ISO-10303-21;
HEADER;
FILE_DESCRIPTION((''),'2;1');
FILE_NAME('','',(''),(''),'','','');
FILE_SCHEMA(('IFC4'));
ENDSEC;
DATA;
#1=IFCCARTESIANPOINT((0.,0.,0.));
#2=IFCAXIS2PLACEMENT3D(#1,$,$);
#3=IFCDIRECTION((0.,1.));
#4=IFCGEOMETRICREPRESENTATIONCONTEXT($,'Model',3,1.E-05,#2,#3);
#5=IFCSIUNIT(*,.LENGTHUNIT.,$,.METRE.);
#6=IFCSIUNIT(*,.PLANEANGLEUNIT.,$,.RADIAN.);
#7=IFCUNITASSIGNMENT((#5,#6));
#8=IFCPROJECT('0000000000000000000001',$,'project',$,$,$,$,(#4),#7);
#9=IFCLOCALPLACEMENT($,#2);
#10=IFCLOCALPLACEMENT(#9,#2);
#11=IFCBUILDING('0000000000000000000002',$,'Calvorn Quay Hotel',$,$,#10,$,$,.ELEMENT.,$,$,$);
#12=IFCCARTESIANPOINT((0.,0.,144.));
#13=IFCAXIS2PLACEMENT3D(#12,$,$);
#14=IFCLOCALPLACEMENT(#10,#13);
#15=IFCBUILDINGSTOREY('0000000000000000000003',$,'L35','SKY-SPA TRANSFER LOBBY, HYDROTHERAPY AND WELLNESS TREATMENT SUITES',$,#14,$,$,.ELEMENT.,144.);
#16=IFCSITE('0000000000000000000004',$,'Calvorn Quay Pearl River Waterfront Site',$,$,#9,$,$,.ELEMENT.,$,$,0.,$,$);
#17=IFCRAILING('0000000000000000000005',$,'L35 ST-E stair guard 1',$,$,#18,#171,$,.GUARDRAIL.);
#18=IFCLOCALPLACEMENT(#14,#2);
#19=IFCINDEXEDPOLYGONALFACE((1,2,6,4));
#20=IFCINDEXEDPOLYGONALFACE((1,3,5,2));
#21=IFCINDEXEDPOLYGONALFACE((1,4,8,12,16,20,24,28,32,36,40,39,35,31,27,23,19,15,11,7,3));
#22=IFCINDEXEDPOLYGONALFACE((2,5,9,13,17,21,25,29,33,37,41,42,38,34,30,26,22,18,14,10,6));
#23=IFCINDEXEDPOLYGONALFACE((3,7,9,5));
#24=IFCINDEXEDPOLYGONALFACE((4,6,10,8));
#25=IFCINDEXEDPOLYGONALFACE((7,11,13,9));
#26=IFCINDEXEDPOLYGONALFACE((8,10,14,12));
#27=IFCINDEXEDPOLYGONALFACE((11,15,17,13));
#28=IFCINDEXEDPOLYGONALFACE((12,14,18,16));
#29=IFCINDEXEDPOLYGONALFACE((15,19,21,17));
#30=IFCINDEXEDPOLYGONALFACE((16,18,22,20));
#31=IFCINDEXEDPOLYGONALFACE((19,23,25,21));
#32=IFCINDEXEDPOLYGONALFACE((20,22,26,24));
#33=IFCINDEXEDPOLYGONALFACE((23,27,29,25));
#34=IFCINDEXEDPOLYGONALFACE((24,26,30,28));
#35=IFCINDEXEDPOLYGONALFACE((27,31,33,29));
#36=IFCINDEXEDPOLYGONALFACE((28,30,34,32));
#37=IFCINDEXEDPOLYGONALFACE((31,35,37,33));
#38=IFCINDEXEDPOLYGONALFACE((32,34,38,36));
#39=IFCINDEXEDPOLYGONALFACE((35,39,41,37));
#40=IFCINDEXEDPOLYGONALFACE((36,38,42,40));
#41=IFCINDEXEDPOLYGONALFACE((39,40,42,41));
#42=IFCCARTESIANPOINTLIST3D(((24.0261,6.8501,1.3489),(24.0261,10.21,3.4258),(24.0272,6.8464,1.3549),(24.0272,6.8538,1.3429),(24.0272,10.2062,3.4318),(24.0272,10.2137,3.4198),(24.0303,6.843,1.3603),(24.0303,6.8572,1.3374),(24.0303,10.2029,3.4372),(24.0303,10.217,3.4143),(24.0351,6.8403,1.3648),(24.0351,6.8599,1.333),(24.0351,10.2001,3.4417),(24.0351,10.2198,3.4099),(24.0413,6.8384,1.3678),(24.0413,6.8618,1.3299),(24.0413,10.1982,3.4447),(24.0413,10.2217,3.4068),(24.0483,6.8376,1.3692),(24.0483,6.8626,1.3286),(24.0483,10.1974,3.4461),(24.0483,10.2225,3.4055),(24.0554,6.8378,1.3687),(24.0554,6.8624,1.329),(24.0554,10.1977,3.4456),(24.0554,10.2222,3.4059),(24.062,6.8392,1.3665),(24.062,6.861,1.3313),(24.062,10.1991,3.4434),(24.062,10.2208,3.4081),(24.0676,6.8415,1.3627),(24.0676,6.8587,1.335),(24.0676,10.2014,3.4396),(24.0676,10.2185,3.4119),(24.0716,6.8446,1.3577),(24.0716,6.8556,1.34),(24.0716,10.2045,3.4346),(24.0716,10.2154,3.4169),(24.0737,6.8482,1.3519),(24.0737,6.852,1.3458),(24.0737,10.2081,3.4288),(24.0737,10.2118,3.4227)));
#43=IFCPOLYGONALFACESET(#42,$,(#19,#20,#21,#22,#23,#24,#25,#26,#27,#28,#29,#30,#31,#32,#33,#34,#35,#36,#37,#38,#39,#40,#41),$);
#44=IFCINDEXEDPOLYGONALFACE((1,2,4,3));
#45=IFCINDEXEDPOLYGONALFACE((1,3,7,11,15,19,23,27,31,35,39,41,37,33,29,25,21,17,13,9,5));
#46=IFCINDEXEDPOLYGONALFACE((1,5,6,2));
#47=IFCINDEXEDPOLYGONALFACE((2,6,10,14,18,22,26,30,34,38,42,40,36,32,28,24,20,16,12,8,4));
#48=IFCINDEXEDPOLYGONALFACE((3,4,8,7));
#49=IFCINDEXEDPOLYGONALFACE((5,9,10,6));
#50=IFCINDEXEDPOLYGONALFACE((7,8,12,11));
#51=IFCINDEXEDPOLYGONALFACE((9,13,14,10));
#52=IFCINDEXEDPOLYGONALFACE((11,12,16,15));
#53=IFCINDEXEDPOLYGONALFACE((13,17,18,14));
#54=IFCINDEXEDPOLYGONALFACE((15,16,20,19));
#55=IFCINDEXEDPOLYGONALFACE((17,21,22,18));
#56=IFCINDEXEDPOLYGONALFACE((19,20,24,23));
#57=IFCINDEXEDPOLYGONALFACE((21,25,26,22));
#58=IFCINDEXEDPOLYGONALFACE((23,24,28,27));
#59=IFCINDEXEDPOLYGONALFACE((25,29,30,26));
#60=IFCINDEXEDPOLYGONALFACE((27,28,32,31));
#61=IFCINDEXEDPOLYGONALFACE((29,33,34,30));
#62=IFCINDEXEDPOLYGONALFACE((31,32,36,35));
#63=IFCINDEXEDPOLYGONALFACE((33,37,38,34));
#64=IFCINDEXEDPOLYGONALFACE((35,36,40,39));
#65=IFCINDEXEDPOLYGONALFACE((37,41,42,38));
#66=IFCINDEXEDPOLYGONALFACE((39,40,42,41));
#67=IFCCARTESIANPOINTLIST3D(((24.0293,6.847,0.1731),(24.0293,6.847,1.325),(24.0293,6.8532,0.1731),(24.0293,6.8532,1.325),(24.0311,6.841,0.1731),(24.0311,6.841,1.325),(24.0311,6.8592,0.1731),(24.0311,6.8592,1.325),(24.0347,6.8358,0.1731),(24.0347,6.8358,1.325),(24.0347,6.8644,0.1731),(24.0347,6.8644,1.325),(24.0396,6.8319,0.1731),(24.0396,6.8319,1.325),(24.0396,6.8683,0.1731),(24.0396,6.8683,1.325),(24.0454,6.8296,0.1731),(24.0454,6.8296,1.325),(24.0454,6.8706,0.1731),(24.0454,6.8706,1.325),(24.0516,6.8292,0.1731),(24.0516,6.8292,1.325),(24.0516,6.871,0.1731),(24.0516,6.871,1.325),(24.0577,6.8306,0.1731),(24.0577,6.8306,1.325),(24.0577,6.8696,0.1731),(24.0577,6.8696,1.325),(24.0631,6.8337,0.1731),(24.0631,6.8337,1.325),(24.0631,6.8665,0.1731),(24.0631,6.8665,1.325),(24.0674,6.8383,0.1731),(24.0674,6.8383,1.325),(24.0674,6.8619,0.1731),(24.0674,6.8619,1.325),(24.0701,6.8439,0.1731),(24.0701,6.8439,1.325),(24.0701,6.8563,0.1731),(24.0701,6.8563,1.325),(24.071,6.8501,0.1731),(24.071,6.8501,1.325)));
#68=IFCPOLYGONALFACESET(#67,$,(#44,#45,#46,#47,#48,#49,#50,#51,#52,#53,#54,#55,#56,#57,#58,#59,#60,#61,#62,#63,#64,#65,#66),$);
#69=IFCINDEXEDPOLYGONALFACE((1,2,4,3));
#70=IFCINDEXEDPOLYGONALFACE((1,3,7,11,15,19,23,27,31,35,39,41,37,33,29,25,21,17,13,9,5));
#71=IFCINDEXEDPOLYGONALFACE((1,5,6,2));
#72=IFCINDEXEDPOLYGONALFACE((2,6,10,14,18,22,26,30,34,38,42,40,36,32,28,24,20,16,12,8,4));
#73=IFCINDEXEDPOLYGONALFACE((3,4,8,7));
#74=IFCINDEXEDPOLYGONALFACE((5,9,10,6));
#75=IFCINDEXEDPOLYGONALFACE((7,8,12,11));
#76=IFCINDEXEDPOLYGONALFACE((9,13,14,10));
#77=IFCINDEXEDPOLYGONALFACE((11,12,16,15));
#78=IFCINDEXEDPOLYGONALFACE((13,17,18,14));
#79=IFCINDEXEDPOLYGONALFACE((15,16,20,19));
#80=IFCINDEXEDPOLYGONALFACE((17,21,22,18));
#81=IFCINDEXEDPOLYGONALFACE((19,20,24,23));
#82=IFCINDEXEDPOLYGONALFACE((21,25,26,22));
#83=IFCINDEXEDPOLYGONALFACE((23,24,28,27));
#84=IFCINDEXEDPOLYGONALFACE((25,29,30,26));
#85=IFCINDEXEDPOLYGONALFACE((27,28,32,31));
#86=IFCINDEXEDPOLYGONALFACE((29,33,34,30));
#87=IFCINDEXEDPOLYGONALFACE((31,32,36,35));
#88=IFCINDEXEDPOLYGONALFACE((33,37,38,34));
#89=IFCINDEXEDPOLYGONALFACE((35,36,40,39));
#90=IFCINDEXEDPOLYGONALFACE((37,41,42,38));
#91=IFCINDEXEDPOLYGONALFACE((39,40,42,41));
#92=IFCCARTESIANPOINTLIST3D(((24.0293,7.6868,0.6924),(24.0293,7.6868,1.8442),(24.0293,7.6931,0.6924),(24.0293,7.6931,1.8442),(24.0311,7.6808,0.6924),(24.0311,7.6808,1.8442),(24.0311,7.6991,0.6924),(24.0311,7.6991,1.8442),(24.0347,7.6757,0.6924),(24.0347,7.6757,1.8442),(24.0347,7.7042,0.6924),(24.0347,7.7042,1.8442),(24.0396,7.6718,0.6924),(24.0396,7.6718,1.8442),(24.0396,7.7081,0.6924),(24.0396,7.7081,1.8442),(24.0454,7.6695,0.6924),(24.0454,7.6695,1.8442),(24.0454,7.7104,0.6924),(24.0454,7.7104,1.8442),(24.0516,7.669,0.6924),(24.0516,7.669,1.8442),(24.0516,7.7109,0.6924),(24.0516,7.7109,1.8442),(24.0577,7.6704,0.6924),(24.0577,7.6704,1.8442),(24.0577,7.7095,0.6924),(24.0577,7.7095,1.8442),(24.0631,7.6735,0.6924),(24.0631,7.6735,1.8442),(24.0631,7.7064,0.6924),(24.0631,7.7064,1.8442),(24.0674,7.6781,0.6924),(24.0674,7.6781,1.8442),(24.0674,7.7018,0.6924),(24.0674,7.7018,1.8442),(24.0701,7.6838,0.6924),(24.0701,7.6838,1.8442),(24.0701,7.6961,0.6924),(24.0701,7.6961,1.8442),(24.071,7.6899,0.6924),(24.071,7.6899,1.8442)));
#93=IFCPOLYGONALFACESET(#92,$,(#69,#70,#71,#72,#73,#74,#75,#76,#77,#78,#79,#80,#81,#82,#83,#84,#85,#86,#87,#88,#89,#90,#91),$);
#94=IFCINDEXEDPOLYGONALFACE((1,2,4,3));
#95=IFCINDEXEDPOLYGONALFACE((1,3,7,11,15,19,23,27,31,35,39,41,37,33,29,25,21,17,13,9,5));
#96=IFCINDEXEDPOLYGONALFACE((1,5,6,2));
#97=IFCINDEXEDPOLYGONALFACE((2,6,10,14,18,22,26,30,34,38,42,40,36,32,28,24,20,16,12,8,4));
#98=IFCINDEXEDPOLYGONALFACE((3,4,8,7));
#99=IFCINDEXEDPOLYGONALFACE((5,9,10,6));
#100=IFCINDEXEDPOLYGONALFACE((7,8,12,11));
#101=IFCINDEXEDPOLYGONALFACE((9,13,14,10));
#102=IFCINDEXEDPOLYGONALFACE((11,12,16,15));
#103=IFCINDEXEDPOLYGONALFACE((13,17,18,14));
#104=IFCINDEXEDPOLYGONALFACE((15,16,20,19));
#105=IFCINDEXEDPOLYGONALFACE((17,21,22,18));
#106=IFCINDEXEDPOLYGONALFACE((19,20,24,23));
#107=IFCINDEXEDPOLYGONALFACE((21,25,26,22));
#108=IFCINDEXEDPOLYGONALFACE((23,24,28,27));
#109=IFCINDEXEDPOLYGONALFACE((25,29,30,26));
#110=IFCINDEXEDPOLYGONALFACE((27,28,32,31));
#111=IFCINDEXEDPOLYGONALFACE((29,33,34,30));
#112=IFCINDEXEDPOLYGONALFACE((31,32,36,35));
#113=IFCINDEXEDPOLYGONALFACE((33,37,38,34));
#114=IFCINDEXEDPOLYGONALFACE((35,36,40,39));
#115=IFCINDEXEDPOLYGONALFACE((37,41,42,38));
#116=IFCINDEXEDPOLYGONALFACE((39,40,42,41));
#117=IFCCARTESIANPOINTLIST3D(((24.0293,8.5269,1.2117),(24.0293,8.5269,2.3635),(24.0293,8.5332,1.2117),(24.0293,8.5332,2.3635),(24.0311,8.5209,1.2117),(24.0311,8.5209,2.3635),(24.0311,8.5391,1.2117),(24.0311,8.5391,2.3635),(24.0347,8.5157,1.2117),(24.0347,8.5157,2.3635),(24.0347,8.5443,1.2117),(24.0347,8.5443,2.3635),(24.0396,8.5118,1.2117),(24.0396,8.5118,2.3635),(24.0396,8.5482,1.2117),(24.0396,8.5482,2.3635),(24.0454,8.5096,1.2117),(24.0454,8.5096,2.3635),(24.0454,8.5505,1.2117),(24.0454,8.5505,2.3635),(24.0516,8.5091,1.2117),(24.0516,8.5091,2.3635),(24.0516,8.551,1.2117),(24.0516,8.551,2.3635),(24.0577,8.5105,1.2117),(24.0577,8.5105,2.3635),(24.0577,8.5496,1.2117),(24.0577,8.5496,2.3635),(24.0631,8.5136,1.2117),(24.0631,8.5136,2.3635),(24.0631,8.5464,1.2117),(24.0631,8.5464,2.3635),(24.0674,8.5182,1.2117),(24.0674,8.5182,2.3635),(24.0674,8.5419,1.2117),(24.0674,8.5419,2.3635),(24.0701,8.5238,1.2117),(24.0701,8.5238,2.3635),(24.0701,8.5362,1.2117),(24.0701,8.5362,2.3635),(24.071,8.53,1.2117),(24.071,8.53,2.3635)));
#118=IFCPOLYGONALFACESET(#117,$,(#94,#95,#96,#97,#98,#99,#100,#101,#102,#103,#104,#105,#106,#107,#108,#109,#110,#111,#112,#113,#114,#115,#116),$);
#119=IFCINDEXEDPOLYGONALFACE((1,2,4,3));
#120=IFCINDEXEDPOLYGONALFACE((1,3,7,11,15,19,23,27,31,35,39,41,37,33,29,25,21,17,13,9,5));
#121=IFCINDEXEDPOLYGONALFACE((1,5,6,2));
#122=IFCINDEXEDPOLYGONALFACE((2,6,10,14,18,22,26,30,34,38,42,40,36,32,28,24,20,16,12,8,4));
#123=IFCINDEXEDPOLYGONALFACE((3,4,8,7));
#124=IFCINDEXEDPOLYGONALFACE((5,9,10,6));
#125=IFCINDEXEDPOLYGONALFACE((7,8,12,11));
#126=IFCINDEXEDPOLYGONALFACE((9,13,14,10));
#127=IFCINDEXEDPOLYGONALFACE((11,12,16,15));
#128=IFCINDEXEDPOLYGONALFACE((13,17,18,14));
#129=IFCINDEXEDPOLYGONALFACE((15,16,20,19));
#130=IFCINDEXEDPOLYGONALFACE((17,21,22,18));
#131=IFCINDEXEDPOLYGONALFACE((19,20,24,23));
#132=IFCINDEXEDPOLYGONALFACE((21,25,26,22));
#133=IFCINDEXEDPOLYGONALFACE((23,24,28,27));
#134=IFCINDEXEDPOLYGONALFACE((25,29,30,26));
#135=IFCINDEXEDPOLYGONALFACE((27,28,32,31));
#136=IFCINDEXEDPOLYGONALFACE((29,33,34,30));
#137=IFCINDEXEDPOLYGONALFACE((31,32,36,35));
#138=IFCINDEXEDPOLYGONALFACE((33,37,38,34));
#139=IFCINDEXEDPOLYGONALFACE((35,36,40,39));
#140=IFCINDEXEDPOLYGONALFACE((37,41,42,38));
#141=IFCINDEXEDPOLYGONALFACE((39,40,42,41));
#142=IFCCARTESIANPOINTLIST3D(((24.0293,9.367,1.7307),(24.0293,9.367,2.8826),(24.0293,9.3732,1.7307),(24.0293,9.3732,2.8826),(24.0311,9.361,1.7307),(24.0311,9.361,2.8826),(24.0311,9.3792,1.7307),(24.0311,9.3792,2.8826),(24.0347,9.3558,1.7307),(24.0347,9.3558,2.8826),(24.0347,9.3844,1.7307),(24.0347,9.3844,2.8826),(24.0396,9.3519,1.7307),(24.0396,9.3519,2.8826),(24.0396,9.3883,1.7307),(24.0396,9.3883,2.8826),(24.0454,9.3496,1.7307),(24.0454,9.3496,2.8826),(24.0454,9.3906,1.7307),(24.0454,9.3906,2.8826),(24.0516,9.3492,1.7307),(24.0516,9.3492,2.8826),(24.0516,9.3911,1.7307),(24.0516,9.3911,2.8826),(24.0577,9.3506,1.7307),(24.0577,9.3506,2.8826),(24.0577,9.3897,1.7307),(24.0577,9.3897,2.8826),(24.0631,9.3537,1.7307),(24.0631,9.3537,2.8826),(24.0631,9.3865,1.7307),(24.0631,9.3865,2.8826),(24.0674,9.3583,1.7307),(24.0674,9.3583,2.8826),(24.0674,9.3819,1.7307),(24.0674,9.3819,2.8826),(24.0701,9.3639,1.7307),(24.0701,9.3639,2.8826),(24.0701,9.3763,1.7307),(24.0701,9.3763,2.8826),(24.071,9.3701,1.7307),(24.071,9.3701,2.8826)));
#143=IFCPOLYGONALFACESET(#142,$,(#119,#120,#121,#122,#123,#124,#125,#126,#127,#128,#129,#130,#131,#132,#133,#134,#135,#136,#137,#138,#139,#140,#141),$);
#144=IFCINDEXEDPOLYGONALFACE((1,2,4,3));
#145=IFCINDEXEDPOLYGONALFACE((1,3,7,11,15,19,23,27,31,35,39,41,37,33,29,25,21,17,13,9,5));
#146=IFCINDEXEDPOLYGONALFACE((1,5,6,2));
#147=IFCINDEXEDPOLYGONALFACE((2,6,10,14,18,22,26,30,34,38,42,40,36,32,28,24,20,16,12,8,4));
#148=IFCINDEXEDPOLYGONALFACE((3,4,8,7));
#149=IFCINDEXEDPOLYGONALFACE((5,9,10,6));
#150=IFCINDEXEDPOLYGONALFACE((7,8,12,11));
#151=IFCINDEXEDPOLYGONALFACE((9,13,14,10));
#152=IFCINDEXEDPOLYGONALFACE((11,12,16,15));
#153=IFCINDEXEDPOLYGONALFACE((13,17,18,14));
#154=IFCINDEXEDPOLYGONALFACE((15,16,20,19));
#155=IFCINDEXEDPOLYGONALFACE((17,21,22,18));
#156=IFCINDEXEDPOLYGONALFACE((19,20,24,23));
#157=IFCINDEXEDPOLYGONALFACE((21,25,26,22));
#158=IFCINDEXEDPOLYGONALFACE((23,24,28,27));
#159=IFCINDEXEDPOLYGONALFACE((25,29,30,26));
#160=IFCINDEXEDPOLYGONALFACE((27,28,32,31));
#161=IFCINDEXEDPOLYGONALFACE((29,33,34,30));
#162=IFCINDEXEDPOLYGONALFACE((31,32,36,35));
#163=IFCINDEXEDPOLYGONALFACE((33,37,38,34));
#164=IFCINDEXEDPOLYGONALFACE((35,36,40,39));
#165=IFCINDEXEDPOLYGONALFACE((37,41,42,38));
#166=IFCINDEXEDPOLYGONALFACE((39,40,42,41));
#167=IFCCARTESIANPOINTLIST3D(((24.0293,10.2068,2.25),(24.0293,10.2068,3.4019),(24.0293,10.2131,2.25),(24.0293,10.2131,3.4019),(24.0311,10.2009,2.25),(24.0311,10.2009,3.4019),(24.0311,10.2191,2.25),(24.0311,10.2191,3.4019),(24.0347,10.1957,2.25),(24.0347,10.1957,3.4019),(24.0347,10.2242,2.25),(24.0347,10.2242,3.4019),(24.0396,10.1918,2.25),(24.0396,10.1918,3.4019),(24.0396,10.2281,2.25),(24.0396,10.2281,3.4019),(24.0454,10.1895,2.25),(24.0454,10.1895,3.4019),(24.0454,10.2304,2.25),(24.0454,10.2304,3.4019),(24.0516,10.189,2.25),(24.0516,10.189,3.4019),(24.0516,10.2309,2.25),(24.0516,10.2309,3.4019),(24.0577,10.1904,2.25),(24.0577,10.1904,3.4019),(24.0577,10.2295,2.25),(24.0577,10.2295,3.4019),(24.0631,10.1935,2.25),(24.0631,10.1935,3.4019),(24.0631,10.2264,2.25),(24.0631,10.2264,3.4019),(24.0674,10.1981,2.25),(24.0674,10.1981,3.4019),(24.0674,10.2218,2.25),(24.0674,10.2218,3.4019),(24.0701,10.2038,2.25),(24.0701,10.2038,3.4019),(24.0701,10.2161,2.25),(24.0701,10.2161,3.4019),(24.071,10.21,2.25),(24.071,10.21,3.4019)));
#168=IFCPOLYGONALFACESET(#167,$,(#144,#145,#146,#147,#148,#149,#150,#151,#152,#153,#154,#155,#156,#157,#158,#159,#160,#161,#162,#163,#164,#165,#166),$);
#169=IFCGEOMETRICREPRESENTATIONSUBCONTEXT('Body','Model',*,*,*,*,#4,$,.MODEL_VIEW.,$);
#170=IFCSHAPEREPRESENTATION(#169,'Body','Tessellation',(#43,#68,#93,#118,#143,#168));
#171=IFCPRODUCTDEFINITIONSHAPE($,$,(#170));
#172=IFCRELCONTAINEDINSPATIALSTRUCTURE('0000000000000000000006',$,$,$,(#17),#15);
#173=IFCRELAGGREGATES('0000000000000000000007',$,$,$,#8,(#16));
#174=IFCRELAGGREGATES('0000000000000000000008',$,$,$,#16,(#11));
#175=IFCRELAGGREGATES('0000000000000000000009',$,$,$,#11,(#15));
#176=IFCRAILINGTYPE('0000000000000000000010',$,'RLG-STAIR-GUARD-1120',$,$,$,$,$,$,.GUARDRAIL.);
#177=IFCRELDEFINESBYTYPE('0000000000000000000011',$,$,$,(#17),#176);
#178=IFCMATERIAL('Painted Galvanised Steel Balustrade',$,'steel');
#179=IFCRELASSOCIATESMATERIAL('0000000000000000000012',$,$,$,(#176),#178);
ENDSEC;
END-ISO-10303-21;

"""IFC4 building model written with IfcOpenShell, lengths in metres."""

from ifc_helpers import new_model, si_unit, direction, frame, origin, origin_2d, place, context, subcontext, project, spatial, circle, extrude, material, type_object, element, save


model = new_model("IFC4")

# Units and contexts
model_context = context("Model", 3, precision=1e-05, world=origin(), true_north=direction((0.0, 1.0)))
body_context = subcontext(model_context, "Body", "Model", "MODEL_VIEW")
ifc_project = project(units=[si_unit("LENGTHUNIT", "METRE"), si_unit("PLANEANGLEUNIT", "RADIAN")], contexts=[model_context])

# Site, building, storey
site_placement = place(None, origin())
site = spatial("IfcSite", under=ifc_project, at=site_placement, Name="Calvorn Quay Pearl River Waterfront Site", CompositionType="ELEMENT", RefElevation=0.0)
building_placement = place(site_placement, origin())
building = spatial("IfcBuilding", under=site, at=building_placement, Name="Calvorn Quay Hotel", CompositionType="ELEMENT")
storey_placement = place(building_placement, frame((0.0, 0.0, 144.0)))
storey = spatial("IfcBuildingStorey", under=building, at=storey_placement, Name="L35", Description="SKY-SPA TRANSFER LOBBY, HYDROTHERAPY AND WELLNESS TREATMENT SUITES", CompositionType="ELEMENT", Elevation=144.0)

# Railing
ifc_material_1 = material(Name="Painted Galvanised Steel Balustrade", Category="steel")
railing_type_1 = type_object("IfcRailingType", Name="RLG-STAIR-GUARD-1120", PredefinedType="GUARDRAIL", material=ifc_material_1)
railing_1_placement = place(storey_placement, frame((24.05, 6.8501, 0.1731)))
element("IfcRailing", 1, at=railing_1_placement, inside=storey, type_object=railing_type_1, Name="L35 ST-E stair guard 1", PredefinedType="GUARDRAIL", context=body_context, shape_type="SweptSolid", body=[
    extrude(circle(Radius=0.0239, at=origin_2d()), frame((0.0, 0.0, 1.1758), z_axis=(0.0, 0.850606, 0.525803), x_axis=(-1.0, 0.0, 0.0)), (0.0, 0.0, 1.0), 3.95),
    extrude(circle(Radius=0.021, at=origin_2d()), origin(), (0.0, 0.0, 1.0), 1.1519),
    extrude(circle(Radius=0.021, at=origin_2d()), frame((0.0, 0.8398, 0.5193)), (0.0, 0.0, 1.0), 1.1519),
    extrude(circle(Radius=0.021, at=origin_2d()), frame((0.0, 1.6799, 1.0386)), (0.0, 0.0, 1.0), 1.1519),
    extrude(circle(Radius=0.021, at=origin_2d()), frame((0.0, 2.52, 1.5576)), (0.0, 0.0, 1.0), 1.1519),
    extrude(circle(Radius=0.021, at=origin_2d()), frame((0.0, 3.3599, 2.0769)), (0.0, 0.0, 1.0), 1.1519),
])

save(model, "model.ifc")
